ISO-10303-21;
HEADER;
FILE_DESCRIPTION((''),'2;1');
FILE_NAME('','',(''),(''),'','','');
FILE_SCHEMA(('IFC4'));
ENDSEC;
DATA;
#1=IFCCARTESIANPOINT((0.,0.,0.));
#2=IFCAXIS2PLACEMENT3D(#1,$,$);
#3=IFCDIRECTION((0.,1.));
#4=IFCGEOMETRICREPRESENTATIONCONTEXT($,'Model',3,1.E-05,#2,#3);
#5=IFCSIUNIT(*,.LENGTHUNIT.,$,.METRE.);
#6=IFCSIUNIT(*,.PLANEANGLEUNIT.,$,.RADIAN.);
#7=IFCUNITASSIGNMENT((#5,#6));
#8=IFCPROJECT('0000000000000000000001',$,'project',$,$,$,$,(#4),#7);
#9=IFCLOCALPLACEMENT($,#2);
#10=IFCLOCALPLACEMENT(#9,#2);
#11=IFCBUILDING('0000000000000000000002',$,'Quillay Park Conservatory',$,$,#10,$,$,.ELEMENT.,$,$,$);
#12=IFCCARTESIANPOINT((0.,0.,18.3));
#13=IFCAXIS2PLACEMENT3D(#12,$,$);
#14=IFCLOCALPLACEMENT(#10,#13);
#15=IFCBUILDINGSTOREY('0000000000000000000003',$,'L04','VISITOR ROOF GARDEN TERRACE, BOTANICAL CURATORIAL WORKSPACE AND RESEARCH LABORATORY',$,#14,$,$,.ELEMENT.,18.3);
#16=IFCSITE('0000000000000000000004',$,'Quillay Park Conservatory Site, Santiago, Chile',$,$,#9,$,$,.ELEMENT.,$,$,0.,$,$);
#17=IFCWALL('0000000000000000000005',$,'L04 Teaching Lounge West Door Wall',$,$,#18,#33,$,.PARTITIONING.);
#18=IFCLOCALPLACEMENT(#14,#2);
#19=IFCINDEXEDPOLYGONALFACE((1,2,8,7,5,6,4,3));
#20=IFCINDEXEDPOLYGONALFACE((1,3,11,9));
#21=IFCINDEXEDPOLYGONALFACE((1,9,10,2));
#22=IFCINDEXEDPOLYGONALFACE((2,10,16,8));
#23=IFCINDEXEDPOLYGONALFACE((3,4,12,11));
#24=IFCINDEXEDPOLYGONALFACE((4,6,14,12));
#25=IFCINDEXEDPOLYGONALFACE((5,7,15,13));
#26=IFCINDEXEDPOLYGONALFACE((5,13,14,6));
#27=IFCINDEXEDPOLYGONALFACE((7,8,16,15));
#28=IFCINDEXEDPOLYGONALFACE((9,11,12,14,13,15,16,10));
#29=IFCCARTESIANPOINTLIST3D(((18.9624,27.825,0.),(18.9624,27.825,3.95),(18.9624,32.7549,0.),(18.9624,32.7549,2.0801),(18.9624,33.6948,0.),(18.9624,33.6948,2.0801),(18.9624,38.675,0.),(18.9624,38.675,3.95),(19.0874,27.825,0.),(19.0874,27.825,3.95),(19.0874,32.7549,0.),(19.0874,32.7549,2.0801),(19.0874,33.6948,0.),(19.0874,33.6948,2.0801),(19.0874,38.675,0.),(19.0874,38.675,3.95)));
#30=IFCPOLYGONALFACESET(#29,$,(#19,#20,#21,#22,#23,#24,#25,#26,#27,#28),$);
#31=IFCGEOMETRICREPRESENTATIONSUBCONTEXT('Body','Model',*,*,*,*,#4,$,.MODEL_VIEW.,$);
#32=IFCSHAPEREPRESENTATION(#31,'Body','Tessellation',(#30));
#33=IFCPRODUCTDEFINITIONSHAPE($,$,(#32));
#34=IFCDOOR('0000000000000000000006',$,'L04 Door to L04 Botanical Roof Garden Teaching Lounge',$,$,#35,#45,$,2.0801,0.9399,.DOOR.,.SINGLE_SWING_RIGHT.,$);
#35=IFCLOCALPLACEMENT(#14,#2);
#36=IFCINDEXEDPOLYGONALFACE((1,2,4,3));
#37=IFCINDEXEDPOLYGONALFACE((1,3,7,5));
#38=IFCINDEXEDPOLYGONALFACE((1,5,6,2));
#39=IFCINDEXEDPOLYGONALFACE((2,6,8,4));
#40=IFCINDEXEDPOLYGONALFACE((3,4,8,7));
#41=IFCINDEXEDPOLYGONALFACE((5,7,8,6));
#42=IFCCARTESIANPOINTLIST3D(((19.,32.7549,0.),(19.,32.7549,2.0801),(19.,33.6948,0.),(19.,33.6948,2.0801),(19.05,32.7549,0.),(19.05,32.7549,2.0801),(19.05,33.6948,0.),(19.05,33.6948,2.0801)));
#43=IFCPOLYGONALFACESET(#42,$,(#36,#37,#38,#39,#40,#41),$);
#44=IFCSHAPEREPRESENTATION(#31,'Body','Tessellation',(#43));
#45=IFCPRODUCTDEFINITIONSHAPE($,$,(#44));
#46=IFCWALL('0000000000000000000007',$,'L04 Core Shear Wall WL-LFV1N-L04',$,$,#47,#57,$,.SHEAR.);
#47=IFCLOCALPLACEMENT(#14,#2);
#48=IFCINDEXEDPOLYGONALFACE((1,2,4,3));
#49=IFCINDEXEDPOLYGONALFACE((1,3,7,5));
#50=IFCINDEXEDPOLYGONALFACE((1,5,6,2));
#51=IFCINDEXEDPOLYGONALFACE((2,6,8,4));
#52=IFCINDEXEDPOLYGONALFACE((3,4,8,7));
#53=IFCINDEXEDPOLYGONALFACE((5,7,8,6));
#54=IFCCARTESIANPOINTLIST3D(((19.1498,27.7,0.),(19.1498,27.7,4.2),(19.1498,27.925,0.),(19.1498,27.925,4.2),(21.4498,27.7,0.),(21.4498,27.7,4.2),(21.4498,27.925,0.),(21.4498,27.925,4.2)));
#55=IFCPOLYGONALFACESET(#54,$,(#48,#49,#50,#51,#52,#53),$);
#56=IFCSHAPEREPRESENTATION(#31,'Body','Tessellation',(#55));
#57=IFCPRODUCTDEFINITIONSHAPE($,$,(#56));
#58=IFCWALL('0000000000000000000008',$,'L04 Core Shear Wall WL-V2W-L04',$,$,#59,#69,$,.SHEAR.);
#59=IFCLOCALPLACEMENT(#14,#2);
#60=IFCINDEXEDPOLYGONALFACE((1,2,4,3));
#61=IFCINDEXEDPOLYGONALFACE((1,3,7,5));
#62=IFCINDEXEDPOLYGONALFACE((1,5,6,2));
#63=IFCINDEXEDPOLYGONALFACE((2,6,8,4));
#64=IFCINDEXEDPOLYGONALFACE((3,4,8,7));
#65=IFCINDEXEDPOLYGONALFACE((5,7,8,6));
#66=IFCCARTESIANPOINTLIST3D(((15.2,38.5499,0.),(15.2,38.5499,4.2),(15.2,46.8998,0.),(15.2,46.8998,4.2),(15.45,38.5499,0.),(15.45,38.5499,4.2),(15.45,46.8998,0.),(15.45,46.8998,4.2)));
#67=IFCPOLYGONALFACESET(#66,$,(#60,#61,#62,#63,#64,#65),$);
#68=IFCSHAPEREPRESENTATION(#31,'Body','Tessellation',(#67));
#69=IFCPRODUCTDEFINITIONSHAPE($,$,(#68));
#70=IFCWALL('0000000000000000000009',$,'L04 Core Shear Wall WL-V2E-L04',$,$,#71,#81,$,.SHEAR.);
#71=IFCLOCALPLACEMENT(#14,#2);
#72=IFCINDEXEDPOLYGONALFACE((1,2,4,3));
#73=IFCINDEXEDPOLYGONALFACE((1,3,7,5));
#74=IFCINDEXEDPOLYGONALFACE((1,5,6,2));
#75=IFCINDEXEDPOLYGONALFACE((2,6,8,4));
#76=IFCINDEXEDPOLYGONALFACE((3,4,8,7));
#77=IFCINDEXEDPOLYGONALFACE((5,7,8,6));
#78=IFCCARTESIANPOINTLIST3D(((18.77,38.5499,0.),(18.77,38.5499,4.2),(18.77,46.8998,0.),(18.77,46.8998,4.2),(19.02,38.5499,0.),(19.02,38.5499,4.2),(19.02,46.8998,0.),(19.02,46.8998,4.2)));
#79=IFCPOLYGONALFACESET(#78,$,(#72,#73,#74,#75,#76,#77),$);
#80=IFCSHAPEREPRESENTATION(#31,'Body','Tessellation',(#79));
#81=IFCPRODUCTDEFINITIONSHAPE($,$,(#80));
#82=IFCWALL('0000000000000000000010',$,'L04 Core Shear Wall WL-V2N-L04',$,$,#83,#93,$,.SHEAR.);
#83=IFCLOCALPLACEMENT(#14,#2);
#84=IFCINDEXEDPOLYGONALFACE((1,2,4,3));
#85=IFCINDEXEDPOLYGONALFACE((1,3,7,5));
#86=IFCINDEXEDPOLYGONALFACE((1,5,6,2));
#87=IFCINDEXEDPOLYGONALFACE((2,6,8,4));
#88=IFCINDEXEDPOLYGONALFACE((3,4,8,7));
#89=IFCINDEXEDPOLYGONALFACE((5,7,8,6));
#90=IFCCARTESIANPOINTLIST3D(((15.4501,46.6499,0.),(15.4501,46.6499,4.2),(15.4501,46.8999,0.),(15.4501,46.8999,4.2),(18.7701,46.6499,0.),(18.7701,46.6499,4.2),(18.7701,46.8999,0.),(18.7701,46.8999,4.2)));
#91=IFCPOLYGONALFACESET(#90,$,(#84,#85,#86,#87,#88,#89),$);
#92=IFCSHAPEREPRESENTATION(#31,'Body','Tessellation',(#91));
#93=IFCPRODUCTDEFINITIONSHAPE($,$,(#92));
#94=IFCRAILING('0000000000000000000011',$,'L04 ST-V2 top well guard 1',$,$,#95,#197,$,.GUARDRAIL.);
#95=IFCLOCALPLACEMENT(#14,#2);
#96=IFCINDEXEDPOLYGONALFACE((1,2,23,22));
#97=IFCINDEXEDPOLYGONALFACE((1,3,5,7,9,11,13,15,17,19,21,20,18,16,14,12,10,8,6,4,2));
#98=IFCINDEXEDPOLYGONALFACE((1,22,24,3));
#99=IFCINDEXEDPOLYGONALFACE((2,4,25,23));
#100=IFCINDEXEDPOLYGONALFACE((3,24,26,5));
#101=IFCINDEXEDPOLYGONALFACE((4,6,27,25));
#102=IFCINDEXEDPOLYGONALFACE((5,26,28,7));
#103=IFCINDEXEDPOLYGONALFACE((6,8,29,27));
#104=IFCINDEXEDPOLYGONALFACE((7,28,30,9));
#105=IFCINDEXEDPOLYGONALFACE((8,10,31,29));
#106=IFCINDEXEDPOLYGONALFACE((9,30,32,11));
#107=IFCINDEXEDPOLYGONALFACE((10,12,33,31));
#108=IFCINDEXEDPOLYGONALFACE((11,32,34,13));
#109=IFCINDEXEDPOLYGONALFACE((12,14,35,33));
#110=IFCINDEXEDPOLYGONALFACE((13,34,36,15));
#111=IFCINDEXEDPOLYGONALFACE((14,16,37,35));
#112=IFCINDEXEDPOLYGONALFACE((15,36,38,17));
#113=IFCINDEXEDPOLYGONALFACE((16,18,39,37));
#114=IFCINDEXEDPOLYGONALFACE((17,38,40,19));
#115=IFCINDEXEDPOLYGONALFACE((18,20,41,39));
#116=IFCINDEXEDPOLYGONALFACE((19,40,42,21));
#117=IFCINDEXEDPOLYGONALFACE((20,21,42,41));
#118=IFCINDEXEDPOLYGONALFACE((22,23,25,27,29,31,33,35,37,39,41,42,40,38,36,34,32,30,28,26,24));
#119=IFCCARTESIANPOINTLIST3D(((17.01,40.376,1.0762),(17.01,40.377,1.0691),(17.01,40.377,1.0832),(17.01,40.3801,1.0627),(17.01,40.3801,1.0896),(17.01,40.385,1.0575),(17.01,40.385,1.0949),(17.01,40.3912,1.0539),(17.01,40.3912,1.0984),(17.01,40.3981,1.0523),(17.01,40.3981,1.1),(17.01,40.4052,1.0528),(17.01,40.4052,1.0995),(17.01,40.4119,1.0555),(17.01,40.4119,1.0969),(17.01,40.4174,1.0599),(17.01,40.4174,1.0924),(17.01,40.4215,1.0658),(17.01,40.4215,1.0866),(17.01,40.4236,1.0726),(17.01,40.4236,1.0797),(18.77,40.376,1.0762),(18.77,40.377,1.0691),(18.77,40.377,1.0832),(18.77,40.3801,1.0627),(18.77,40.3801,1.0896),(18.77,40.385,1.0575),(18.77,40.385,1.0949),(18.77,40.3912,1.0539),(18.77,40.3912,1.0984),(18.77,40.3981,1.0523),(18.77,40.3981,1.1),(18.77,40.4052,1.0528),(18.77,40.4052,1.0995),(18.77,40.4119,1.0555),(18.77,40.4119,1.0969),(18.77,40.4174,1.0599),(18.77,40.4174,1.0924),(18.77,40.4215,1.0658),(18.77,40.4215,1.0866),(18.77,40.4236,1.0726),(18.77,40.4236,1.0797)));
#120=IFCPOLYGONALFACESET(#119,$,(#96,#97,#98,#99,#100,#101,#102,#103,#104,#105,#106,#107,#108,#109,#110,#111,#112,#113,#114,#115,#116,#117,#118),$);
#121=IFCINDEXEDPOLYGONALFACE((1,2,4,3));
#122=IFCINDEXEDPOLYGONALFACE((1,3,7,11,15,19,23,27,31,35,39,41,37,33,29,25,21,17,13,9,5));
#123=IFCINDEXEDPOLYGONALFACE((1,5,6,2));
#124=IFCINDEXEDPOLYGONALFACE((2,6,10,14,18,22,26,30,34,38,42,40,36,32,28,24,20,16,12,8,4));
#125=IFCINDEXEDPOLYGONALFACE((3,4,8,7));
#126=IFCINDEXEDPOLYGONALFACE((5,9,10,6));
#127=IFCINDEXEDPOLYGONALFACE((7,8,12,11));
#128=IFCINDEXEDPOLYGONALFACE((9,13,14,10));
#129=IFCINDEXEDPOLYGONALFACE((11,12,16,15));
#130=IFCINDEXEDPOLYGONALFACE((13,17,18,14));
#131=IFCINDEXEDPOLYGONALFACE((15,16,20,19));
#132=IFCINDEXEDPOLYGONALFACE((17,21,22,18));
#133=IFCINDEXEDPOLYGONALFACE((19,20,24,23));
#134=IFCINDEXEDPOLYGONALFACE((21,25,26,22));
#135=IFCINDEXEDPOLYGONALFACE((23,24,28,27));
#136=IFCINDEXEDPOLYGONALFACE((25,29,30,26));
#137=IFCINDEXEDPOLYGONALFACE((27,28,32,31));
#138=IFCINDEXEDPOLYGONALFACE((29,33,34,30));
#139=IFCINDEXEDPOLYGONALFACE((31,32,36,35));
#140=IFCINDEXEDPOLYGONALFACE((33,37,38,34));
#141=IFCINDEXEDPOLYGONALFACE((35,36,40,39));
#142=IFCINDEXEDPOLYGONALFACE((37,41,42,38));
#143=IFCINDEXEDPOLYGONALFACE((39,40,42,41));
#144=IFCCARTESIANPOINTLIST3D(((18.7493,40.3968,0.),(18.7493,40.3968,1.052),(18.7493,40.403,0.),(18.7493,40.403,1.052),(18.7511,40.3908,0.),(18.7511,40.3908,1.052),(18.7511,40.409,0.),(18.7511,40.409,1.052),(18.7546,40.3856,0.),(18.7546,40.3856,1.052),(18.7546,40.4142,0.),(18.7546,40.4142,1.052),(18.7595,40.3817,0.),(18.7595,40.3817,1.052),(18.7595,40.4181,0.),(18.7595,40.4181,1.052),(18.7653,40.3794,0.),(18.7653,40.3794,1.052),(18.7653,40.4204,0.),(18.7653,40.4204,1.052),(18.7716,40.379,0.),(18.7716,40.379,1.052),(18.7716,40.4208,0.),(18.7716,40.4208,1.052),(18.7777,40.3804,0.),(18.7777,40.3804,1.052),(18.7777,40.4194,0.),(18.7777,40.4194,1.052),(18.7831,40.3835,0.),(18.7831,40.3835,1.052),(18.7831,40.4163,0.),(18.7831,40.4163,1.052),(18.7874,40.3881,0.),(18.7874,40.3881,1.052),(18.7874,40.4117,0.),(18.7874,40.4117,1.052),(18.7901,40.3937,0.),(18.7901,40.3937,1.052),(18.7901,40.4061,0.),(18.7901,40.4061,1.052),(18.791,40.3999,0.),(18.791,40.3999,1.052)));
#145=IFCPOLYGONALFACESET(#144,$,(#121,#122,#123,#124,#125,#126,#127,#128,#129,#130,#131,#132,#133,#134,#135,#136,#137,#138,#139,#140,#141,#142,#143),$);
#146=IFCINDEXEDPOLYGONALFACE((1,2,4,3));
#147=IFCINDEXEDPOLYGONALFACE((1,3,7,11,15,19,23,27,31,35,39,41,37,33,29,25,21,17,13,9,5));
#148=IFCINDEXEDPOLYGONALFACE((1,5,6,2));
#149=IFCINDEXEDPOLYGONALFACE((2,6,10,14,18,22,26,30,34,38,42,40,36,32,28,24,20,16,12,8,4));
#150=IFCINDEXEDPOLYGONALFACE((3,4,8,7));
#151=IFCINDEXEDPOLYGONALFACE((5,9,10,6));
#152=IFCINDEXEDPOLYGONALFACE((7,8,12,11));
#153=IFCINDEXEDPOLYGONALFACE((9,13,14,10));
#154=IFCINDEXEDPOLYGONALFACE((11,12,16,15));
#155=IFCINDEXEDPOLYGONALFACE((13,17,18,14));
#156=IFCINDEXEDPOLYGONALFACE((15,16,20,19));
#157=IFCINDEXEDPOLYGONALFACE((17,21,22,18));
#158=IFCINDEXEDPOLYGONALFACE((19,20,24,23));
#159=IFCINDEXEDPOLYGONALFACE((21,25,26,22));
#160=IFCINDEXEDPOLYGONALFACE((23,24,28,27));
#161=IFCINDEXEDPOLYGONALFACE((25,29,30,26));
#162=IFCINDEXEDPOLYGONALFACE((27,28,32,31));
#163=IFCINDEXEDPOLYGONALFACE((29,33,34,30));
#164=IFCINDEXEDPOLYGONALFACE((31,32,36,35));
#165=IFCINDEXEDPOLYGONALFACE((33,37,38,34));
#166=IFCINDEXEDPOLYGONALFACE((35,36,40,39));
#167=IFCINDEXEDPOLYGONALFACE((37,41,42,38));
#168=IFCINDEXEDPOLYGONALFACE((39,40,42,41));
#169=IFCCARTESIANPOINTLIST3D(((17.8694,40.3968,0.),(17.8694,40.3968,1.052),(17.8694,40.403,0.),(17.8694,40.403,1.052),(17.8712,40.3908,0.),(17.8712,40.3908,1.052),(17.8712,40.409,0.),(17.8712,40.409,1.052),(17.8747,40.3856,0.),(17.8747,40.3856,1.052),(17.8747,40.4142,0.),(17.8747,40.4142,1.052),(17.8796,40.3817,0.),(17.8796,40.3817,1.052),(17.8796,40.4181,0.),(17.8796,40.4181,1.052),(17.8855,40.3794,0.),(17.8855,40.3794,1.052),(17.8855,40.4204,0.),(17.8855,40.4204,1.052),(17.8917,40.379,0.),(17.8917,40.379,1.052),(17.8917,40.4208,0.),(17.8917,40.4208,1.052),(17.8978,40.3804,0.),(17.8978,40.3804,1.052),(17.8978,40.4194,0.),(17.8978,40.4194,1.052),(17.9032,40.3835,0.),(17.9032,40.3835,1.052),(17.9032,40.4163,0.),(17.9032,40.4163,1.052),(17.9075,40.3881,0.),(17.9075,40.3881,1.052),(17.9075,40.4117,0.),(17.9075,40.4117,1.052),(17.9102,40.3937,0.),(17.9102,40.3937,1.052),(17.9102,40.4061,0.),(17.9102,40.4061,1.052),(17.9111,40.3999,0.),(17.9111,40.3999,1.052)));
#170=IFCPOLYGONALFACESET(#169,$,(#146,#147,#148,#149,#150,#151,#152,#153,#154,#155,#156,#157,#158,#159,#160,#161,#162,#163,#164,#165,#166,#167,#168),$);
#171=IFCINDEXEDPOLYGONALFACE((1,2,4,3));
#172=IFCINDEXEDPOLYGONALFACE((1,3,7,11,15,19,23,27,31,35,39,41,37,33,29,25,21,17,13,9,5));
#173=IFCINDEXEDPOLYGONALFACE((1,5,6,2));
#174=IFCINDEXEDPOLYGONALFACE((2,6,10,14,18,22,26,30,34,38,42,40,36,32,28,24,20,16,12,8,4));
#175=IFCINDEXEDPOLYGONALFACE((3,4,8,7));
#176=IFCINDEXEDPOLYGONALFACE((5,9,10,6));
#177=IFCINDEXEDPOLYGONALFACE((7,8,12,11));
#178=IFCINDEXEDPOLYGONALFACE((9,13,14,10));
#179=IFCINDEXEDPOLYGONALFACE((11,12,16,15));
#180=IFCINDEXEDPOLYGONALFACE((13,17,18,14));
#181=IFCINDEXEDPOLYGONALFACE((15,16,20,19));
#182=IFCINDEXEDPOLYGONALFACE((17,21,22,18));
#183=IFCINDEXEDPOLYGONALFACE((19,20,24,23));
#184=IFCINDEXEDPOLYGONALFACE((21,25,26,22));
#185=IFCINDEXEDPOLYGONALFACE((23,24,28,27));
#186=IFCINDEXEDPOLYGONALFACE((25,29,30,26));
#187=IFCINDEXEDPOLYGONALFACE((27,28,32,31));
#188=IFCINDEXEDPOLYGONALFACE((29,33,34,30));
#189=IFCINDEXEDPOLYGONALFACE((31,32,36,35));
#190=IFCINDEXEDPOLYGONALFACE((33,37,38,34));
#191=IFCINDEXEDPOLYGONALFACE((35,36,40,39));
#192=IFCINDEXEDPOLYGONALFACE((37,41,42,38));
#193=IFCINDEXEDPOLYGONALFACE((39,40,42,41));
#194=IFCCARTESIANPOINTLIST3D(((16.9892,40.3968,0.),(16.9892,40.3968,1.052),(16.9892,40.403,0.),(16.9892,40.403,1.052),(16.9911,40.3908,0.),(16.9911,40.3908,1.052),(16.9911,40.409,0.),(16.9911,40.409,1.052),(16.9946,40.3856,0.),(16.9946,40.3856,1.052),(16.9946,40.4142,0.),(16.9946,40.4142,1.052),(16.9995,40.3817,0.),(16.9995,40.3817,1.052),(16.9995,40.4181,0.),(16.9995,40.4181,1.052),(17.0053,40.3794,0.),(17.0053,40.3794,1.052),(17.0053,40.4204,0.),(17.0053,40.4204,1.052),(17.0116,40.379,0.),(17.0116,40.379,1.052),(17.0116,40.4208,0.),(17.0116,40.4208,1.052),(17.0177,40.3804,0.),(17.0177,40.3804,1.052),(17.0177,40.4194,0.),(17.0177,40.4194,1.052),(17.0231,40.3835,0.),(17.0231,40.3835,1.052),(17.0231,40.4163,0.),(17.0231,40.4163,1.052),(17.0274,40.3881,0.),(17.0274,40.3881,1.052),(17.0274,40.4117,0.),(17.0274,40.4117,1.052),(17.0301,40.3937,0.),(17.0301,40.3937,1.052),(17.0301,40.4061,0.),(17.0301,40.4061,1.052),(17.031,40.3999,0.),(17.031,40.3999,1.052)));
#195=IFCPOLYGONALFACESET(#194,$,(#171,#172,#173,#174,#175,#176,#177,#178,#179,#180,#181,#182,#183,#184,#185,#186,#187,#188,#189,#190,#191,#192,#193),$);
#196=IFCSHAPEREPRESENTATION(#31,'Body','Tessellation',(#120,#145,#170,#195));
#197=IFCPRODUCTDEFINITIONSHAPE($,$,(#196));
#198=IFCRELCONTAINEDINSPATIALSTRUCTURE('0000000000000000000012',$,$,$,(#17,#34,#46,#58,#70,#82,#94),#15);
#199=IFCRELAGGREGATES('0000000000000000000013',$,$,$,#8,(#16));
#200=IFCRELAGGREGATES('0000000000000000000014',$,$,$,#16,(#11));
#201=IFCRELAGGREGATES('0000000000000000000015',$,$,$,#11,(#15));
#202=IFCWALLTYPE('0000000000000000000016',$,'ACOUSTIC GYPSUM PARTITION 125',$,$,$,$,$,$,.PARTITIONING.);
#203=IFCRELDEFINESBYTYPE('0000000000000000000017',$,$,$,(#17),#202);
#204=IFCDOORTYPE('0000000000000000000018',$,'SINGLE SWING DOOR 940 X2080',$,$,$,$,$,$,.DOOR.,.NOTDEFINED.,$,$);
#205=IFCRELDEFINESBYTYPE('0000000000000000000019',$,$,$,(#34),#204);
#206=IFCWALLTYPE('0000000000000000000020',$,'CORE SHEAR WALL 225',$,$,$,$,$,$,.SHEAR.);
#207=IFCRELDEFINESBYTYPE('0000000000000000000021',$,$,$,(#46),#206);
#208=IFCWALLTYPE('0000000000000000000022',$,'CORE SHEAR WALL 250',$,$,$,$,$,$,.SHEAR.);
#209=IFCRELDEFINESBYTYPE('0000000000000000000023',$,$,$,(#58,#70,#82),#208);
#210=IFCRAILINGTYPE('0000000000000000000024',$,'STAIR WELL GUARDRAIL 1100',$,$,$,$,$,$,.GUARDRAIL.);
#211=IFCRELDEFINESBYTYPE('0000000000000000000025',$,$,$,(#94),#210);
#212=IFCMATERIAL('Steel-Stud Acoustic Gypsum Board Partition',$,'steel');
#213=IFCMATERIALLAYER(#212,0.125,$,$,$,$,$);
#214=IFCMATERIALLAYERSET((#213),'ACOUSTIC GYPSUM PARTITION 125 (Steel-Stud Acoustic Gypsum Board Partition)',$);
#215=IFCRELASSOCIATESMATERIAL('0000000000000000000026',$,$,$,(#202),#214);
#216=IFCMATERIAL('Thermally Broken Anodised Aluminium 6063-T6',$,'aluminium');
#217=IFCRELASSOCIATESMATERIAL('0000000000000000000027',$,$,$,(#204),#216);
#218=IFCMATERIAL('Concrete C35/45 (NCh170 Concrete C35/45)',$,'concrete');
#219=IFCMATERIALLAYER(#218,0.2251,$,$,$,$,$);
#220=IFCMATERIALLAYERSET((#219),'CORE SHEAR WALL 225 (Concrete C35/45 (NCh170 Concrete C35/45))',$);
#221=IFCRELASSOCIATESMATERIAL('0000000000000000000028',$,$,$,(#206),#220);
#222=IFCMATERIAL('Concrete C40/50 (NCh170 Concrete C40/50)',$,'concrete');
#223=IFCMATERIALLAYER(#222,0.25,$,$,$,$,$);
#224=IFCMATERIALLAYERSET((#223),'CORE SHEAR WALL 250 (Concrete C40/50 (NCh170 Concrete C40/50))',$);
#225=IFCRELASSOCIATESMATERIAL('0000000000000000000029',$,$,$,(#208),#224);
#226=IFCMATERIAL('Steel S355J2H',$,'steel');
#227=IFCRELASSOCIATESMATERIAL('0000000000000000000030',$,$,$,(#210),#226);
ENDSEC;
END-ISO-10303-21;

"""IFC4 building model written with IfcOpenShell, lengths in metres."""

from ifc_helpers import new_model, si_unit, direction, frame, frame_2d, origin, origin_2d, place, context, subcontext, project, spatial, rectangle, circle, extrude, material, layer, layer_set, type_object, element, fill, save


model = new_model("IFC4")

# Units and contexts
model_context = context("Model", 3, precision=1e-05, world=origin(), true_north=direction((0.0, 1.0)))
body_context = subcontext(model_context, "Body", "Model", "MODEL_VIEW")
ifc_project = project(units=[si_unit("LENGTHUNIT", "METRE"), si_unit("PLANEANGLEUNIT", "RADIAN")], contexts=[model_context])

# Site, building, storey
site_placement = place(None, origin())
site = spatial("IfcSite", under=ifc_project, at=site_placement, Name="Quillay Park Conservatory Site, Santiago, Chile", CompositionType="ELEMENT", RefElevation=0.0)
building_placement = place(site_placement, origin())
building = spatial("IfcBuilding", under=site, at=building_placement, Name="Quillay Park Conservatory", CompositionType="ELEMENT")
storey_placement = place(building_placement, frame((0.0, 0.0, 18.3)))
storey = spatial("IfcBuildingStorey", under=building, at=storey_placement, Name="L04", Description="VISITOR ROOF GARDEN TERRACE, BOTANICAL CURATORIAL WORKSPACE AND RESEARCH LABORATORY", CompositionType="ELEMENT", Elevation=18.3)

# Wall, opening, door
ifc_material_1 = material(Name="Steel-Stud Acoustic Gypsum Board Partition", Category="steel")
ifc_layer_1 = layer(ifc_material_1, 0.125)
ifc_layer_set_1 = layer_set([ifc_layer_1], Name="ACOUSTIC GYPSUM PARTITION 125 (Steel-Stud Acoustic Gypsum Board Partition)")
wall_type_1 = type_object("IfcWallType", Name="ACOUSTIC GYPSUM PARTITION 125", PredefinedType="PARTITIONING", material=ifc_layer_set_1)
wall_1_placement = place(storey_placement, frame((19.0249, 27.825, 0.0), z_axis=(0.0, 0.0, 1.0), x_axis=(0.0, 1.0, 0.0)))
wall_1 = element("IfcWall", 1, at=wall_1_placement, inside=storey, type_object=wall_type_1, Name="L04 Teaching Lounge West Door Wall", PredefinedType="PARTITIONING", context=body_context, shape_type="SweptSolid", body=[
    extrude(rectangle(XDim=10.8501, YDim=0.125, at=frame_2d((5.425, 0.0))), origin(), (0.0, 0.0, 1.0), 3.95),
])
opening_1_placement = place(wall_1_placement, frame((4.9299, 0.0, 0.0)))
opening_1 = element("IfcOpeningElement", 2, at=opening_1_placement, cuts=wall_1, PredefinedType="OPENING", context=body_context, shape_type="SweptSolid", body=[
    extrude(rectangle(XDim=0.9399, YDim=2.0801, at=frame_2d((0.47, 1.04))), frame((0.0, 0.0625, 0.0), z_axis=(0.0, -1.0, 0.0), x_axis=(1.0, 0.0, 0.0)), (0.0, 0.0, 1.0), 0.125),
])
ifc_material_2 = material(Name="Thermally Broken Anodised Aluminium 6063-T6", Category="aluminium")
door_type_1 = type_object("IfcDoorType", Name="SINGLE SWING DOOR 940 X2080", OperationType="NOTDEFINED", PredefinedType="DOOR", material=ifc_material_2)
door_1_placement = place(opening_1_placement, origin())
door_1 = element("IfcDoor", 3, at=door_1_placement, inside=storey, type_object=door_type_1, Name="L04 Door to L04 Botanical Roof Garden Teaching Lounge", OperationType="SINGLE_SWING_RIGHT", OverallHeight=2.0801, OverallWidth=0.9399, PredefinedType="DOOR", context=body_context, shape_type="SweptSolid", body=[
    extrude(rectangle(XDim=0.9399, YDim=2.0801, at=frame_2d((0.47, 1.04))), frame((0.0, 0.0249, 0.0), z_axis=(0.0, -1.0, 0.0), x_axis=(1.0, 0.0, 0.0)), (0.0, 0.0, 1.0), 0.05),
])
fill(opening_1, door_1)

# Walls
ifc_material_3 = material(Name="Concrete C35/45 (NCh170 Concrete C35/45)", Category="concrete")
ifc_layer_2 = layer(ifc_material_3, 0.2251)
ifc_layer_set_2 = layer_set([ifc_layer_2], Name="CORE SHEAR WALL 225 (Concrete C35/45 (NCh170 Concrete C35/45))")
wall_type_2 = type_object("IfcWallType", Name="CORE SHEAR WALL 225", PredefinedType="SHEAR", material=ifc_layer_set_2)
wall_2_placement = place(storey_placement, frame((19.1499, 27.8125, 0.0), z_axis=(0.0, 0.0, 1.0), x_axis=(1.0, 0.0, 0.0)))
element("IfcWall", 4, at=wall_2_placement, inside=storey, type_object=wall_type_2, Name="L04 Core Shear Wall WL-LFV1N-L04", PredefinedType="SHEAR", context=body_context, shape_type="SweptSolid", body=[
    extrude(rectangle(XDim=2.3, YDim=0.2251, at=frame_2d((1.1499, 0.0))), origin(), (0.0, 0.0, 1.0), 4.2),
])
ifc_material_4 = material(Name="Concrete C40/50 (NCh170 Concrete C40/50)", Category="concrete")
ifc_layer_3 = layer(ifc_material_4, 0.25)
ifc_layer_set_3 = layer_set([ifc_layer_3], Name="CORE SHEAR WALL 250 (Concrete C40/50 (NCh170 Concrete C40/50))")
wall_type_3 = type_object("IfcWallType", Name="CORE SHEAR WALL 250", PredefinedType="SHEAR", material=ifc_layer_set_3)
for number, where, z_axis, x_axis, name in (
    (5, (15.325, 38.55, 0.0), (0.0, 0.0, 1.0), (0.0, 1.0, 0.0), "L04 Core Shear Wall WL-V2W-L04"),
    (6, (18.895, 38.55, 0.0), (0.0, 0.0, 1.0), (0.0, 1.0, 0.0), "L04 Core Shear Wall WL-V2E-L04"),
):
    element("IfcWall", number, at=place(storey_placement, frame(where, z_axis=z_axis, x_axis=x_axis)), inside=storey, type_object=wall_type_3, Name=name, PredefinedType="SHEAR", context=body_context, shape_type="SweptSolid", body=[
        extrude(rectangle(XDim=8.3499, YDim=0.25, at=frame_2d((4.1748, 0.0))), origin(), (0.0, 0.0, 1.0), 4.2),
    ])
wall_3_placement = place(storey_placement, frame((15.45, 46.7749, 0.0), z_axis=(0.0, 0.0, 1.0), x_axis=(1.0, 0.0, 0.0)))
element("IfcWall", 7, at=wall_3_placement, inside=storey, type_object=wall_type_3, Name="L04 Core Shear Wall WL-V2N-L04", PredefinedType="SHEAR", context=body_context, shape_type="SweptSolid", body=[
    extrude(rectangle(XDim=3.3201, YDim=0.25, at=frame_2d((1.6602, 0.0))), origin(), (0.0, 0.0, 1.0), 4.2),
])

# Railing
ifc_material_5 = material(Name="Steel S355J2H", Category="steel")
railing_type = type_object("IfcRailingType", Name="STAIR WELL GUARDRAIL 1100", PredefinedType="GUARDRAIL", material=ifc_material_5)
railing_placement = place(storey_placement, frame((18.77, 40.3999, 0.0)))
element("IfcRailing", 8, at=railing_placement, inside=storey, type_object=railing_type, Name="L04 ST-V2 top well guard 1", PredefinedType="GUARDRAIL", context=body_context, shape_type="SweptSolid", body=[
    extrude(circle(Radius=0.0239, at=origin_2d()), frame((0.0, 0.0, 1.0762), z_axis=(-1.0, 0.0, 0.0), x_axis=(0.0, -1.0, 0.0)), (0.0, 0.0, 1.0), 1.76),
    extrude(circle(Radius=0.021, at=origin_2d()), origin(), (0.0, 0.0, 1.0), 1.052),
    extrude(circle(Radius=0.021, at=origin_2d()), frame((-0.8799, 0.0, 0.0)), (0.0, 0.0, 1.0), 1.052),
    extrude(circle(Radius=0.021, at=origin_2d()), frame((-1.76, 0.0, 0.0)), (0.0, 0.0, 1.0), 1.052),
])

save(model, "model.ifc")
